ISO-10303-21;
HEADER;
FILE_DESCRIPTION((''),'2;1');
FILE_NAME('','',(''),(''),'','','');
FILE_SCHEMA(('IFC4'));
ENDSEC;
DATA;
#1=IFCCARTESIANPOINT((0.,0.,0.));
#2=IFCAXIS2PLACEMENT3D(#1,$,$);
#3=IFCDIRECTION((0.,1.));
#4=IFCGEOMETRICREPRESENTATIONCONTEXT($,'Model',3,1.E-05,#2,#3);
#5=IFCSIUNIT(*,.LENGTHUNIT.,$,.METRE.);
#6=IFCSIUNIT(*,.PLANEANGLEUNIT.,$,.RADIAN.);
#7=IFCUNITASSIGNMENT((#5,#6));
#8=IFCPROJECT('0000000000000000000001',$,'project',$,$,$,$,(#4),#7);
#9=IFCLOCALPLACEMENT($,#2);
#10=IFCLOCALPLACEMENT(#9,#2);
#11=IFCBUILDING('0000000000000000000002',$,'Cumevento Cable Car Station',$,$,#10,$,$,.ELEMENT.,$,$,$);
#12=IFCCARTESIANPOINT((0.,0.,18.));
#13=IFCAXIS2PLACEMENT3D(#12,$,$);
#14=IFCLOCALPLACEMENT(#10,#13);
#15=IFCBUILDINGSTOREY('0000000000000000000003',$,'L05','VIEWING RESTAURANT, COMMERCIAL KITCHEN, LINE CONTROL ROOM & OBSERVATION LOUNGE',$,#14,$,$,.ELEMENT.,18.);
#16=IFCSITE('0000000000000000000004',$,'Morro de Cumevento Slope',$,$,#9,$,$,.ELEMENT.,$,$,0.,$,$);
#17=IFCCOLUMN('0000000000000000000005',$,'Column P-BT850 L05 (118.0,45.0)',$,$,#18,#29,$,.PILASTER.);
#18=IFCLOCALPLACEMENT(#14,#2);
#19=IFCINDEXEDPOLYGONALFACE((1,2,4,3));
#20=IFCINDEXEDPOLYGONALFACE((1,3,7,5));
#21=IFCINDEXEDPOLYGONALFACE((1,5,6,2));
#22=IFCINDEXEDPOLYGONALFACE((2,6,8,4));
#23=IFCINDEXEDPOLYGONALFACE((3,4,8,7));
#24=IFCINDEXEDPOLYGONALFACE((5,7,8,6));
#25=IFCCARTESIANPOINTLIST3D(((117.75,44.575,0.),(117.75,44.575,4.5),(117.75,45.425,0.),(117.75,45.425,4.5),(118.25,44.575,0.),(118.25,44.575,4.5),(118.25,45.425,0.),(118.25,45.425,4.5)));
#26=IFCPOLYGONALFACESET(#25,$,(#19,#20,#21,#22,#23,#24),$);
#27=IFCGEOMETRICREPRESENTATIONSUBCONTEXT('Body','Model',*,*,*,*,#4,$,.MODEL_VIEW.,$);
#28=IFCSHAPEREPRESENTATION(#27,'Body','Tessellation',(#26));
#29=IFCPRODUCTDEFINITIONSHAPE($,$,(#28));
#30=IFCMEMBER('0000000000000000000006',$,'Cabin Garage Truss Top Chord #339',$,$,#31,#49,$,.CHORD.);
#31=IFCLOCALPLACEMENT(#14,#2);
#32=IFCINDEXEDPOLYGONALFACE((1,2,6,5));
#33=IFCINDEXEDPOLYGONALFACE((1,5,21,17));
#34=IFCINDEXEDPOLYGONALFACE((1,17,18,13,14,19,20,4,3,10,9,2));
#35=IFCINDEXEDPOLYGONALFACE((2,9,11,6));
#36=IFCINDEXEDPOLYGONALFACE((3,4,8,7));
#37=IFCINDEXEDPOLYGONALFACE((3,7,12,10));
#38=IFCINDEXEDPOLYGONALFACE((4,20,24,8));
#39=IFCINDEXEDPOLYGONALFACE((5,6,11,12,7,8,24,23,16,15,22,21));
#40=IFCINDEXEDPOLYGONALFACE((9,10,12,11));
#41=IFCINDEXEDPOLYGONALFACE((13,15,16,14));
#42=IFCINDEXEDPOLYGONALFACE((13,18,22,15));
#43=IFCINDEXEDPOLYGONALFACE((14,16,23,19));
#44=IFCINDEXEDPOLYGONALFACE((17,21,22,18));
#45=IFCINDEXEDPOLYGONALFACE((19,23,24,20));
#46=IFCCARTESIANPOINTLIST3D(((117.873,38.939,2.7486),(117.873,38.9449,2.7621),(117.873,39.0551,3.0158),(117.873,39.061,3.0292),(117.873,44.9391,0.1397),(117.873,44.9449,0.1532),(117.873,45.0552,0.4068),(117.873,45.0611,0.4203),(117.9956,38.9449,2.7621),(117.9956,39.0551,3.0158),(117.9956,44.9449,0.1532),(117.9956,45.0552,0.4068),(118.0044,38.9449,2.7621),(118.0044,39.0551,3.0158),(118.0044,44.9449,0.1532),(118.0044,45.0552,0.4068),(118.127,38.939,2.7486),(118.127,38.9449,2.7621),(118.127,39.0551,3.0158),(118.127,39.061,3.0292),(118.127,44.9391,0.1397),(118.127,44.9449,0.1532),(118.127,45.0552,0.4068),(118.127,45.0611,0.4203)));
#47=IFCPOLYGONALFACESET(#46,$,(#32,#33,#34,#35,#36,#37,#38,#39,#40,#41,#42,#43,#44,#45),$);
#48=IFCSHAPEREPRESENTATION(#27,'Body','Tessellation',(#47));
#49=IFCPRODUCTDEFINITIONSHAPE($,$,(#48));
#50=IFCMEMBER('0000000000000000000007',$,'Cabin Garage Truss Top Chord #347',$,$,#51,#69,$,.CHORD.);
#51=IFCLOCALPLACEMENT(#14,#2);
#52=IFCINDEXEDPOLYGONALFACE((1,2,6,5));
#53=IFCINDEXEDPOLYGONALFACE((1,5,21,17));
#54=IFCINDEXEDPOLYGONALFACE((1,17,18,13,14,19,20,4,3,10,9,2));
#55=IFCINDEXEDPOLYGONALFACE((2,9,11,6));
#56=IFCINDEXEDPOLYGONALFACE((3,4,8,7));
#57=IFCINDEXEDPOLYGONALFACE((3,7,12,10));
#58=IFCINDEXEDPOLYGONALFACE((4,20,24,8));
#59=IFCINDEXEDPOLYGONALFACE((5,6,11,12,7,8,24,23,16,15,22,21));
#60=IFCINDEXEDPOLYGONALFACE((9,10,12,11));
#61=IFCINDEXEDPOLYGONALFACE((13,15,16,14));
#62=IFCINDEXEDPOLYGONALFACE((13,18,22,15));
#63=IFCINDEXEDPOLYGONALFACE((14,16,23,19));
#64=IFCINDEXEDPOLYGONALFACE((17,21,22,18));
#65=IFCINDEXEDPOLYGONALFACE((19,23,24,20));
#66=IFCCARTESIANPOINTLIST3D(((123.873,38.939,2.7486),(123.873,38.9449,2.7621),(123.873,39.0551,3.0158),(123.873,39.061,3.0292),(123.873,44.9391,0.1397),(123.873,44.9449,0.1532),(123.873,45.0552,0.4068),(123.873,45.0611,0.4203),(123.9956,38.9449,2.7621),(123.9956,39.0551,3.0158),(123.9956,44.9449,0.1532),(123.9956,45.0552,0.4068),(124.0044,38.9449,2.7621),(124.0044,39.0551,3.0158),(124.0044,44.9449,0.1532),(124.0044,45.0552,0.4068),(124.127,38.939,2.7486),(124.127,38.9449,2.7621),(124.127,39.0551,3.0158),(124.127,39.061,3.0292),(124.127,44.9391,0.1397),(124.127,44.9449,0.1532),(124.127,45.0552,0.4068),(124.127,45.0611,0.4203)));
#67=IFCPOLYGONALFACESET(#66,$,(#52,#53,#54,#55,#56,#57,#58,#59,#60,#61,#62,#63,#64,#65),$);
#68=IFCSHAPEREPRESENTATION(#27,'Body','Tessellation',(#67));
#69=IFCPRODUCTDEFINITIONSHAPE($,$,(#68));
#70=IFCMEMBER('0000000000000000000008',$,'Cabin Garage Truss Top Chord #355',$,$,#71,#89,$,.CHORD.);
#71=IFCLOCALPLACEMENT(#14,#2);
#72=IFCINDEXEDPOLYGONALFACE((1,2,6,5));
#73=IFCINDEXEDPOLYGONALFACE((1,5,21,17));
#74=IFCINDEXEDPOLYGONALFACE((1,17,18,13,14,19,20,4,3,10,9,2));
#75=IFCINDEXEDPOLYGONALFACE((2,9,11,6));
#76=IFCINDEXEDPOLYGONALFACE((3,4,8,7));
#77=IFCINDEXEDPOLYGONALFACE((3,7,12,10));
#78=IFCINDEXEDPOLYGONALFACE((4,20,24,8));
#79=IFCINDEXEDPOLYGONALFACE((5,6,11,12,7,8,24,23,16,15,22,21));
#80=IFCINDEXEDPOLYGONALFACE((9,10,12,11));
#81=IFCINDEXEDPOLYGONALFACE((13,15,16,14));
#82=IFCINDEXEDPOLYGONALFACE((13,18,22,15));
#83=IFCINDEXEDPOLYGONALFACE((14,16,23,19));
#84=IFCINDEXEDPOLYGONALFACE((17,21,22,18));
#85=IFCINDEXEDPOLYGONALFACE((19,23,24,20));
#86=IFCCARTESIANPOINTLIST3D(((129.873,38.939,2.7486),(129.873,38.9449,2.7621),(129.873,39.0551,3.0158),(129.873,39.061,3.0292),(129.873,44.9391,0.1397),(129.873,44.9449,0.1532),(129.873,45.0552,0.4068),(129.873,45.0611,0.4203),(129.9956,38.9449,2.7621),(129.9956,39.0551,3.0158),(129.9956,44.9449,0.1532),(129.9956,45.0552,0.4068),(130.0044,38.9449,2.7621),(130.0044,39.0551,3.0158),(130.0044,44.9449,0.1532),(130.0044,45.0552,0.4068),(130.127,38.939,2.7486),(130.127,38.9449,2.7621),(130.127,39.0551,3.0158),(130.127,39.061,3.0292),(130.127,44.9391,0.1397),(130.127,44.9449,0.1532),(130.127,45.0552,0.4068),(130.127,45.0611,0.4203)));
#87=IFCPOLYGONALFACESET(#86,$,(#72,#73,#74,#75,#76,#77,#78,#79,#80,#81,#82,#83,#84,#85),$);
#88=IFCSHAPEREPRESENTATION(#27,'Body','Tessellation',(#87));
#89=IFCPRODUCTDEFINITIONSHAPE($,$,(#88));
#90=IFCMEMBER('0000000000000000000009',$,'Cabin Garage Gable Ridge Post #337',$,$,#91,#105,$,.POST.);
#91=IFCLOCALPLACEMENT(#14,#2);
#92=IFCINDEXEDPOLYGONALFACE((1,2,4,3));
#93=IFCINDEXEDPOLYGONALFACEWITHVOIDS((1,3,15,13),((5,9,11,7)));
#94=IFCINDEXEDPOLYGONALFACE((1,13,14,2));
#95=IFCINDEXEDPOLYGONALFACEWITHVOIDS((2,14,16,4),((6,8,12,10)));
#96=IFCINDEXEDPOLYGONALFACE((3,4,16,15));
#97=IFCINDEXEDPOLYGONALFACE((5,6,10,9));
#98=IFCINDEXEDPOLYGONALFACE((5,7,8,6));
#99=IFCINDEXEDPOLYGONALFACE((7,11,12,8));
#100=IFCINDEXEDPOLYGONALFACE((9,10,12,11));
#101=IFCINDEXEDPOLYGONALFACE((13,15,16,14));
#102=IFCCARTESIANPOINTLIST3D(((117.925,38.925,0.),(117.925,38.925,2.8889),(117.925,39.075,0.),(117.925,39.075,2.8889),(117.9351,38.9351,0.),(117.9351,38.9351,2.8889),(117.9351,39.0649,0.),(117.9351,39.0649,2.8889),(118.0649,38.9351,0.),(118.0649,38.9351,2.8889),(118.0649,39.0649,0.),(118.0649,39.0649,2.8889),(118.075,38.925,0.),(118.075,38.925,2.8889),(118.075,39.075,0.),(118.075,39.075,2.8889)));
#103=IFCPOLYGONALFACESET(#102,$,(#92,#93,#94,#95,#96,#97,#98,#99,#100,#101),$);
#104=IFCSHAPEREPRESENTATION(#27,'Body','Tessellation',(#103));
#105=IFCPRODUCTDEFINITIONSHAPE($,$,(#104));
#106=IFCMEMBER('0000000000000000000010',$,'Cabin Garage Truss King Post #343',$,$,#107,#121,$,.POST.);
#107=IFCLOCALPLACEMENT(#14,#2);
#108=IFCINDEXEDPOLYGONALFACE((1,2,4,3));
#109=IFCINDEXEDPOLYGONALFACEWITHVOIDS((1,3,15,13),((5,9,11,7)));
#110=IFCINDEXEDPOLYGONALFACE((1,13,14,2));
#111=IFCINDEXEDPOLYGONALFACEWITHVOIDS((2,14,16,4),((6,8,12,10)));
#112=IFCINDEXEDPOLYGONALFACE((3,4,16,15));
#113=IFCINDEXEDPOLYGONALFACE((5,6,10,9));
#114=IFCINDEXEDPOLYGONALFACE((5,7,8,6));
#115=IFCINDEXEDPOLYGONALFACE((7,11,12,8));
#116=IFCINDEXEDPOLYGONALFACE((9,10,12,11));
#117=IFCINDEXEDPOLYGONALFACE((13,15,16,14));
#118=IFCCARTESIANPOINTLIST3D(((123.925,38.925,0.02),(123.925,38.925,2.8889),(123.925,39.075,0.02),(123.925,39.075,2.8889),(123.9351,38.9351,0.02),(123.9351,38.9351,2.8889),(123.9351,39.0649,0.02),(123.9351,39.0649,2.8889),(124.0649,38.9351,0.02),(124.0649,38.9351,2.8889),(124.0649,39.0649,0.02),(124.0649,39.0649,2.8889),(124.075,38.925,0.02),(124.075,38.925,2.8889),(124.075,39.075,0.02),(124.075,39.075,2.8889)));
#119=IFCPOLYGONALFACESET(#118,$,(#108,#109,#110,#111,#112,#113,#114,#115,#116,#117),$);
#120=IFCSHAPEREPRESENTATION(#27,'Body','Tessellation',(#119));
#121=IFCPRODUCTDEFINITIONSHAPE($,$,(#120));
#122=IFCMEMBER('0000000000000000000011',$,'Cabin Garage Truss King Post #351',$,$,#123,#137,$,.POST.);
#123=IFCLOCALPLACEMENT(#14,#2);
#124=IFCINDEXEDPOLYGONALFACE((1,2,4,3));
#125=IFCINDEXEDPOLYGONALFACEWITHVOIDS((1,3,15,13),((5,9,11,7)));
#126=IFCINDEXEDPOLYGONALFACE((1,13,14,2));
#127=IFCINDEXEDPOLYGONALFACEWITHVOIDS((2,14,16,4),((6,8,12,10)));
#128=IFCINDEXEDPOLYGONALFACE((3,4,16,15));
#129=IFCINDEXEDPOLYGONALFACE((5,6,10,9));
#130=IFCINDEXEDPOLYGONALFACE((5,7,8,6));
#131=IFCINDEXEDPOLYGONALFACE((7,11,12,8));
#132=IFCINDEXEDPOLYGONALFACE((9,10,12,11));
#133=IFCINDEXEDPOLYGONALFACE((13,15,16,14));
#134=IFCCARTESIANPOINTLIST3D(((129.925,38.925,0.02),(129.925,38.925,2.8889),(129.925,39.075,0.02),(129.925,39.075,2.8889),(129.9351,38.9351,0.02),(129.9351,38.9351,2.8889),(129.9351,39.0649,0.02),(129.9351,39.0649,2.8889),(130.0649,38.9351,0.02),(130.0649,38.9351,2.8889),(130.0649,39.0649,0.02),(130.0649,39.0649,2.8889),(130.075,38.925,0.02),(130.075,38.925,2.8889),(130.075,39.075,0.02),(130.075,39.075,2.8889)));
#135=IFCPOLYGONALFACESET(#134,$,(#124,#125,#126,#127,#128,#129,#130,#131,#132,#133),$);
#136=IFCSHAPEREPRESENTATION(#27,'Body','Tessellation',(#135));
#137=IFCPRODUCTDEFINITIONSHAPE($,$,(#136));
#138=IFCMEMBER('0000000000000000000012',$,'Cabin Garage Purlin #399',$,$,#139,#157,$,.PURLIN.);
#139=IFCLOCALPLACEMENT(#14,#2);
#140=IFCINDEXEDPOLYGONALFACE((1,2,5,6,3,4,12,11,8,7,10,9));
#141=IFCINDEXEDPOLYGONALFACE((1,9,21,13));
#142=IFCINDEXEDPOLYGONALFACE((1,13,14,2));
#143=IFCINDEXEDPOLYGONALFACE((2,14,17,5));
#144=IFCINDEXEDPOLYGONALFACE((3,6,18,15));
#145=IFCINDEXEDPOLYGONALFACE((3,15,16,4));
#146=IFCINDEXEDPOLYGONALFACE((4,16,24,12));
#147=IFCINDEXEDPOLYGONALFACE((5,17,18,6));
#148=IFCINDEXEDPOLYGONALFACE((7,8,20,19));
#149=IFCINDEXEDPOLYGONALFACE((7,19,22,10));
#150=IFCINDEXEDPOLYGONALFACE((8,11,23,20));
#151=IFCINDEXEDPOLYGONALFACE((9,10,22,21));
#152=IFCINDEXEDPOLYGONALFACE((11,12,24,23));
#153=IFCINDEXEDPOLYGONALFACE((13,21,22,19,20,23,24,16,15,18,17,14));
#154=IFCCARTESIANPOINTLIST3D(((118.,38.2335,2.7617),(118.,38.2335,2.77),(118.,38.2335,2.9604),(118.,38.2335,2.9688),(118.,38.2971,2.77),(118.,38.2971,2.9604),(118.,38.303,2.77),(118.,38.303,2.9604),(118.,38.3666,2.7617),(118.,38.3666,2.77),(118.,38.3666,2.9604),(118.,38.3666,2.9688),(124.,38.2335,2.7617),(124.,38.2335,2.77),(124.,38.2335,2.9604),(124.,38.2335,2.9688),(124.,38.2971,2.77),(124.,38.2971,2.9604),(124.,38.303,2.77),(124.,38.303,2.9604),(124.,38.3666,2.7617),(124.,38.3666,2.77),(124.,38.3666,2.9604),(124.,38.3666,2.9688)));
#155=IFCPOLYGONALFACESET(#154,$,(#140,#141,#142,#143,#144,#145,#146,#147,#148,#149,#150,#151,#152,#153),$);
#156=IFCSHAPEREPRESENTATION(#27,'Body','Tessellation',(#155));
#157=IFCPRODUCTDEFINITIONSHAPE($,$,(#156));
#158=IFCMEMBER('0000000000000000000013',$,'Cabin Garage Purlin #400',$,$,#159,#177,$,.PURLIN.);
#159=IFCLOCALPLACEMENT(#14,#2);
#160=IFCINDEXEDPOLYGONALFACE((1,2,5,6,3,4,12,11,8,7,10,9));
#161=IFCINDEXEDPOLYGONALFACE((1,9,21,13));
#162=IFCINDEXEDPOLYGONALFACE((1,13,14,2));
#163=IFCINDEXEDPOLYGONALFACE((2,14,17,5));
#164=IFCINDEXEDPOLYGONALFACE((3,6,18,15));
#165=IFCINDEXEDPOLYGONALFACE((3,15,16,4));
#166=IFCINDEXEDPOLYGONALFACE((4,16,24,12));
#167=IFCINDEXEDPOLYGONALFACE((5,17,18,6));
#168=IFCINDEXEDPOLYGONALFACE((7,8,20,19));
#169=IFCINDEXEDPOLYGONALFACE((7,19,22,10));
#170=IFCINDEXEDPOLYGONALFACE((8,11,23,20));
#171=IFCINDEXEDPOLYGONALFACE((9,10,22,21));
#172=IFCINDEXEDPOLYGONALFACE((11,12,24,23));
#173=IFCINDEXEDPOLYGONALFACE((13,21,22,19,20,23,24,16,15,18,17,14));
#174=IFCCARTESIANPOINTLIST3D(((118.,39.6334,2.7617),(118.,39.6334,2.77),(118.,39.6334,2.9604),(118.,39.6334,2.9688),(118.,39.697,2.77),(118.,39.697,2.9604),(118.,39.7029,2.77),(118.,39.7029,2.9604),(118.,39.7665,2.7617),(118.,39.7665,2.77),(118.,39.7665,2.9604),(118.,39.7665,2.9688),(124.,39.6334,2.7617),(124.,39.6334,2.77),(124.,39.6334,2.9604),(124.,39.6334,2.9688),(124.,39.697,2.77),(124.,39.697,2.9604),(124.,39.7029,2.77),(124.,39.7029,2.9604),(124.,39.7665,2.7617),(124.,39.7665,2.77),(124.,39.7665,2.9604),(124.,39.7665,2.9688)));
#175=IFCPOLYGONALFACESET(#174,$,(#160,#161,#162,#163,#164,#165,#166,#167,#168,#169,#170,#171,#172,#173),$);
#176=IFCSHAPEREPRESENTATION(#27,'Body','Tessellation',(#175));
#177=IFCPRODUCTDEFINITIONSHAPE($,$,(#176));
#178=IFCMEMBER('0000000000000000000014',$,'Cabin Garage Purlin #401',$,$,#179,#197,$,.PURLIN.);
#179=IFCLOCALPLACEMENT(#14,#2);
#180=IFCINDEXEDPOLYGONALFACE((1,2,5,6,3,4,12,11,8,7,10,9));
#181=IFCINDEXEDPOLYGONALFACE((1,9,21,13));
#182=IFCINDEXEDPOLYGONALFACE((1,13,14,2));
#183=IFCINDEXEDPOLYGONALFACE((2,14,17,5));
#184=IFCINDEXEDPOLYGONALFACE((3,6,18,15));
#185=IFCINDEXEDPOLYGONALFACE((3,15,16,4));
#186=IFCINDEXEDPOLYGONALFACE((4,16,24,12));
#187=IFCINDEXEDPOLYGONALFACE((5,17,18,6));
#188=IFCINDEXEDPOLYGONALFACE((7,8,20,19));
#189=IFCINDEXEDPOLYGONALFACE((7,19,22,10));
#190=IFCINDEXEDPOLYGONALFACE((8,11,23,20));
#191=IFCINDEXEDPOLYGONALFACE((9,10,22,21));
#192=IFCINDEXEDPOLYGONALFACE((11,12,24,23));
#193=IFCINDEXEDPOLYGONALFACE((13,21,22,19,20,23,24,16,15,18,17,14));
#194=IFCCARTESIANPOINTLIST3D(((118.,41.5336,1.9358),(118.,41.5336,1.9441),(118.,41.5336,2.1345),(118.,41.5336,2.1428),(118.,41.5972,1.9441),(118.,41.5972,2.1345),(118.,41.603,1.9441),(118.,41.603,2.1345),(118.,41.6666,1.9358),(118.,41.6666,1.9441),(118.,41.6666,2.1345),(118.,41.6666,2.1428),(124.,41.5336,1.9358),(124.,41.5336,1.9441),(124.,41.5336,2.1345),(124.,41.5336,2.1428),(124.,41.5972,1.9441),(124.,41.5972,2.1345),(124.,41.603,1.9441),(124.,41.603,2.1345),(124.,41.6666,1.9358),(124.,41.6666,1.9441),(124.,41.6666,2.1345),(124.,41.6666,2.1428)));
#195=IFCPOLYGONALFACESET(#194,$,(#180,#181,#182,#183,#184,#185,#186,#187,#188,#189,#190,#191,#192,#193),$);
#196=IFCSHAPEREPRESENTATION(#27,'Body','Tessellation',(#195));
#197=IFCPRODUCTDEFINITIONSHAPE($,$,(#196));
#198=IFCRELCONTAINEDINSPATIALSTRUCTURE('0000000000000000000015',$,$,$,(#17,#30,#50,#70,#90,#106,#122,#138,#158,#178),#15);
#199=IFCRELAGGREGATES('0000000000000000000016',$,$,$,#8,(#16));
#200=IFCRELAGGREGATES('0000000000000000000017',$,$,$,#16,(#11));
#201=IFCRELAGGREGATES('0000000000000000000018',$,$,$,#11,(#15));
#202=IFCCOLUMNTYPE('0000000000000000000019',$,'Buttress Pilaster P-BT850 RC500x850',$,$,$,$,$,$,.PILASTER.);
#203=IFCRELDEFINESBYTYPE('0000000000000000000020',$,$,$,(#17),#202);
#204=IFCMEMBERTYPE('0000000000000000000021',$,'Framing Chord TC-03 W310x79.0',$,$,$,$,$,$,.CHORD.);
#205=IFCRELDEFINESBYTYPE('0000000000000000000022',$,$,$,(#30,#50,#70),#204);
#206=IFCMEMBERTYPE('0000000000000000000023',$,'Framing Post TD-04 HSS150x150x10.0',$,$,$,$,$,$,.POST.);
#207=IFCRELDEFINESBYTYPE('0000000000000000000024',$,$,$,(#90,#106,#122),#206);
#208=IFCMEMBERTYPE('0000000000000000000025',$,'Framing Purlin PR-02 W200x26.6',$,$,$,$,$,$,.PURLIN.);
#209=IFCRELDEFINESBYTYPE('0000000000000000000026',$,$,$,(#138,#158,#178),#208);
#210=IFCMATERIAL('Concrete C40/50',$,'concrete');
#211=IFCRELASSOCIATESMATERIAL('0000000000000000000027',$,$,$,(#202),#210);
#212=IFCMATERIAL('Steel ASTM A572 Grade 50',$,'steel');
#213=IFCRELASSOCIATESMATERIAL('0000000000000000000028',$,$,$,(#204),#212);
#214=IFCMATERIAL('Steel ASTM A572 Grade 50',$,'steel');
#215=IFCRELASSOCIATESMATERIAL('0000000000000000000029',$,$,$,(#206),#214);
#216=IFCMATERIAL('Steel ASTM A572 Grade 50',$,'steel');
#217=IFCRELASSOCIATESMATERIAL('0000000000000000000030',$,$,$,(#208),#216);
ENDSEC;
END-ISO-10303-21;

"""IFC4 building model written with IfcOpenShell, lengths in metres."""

from ifc_helpers import new_model, si_unit, direction, frame, origin, origin_2d, place, context, subcontext, project, spatial, rectangle, hollow_rectangle, i_section, extrude, material, material_profile, profile_set, type_object, element, save


model = new_model("IFC4")

# Units and contexts
model_context = context("Model", 3, precision=1e-05, world=origin(), true_north=direction((0.0, 1.0)))
body_context = subcontext(model_context, "Body", "Model", "MODEL_VIEW")
ifc_project = project(units=[si_unit("LENGTHUNIT", "METRE"), si_unit("PLANEANGLEUNIT", "RADIAN")], contexts=[model_context])

# Site, building, storey
site_placement = place(None, origin())
site = spatial("IfcSite", under=ifc_project, at=site_placement, Name="Morro de Cumevento Slope", CompositionType="ELEMENT", RefElevation=0.0)
building_placement = place(site_placement, origin())
building = spatial("IfcBuilding", under=site, at=building_placement, Name="Cumevento Cable Car Station", CompositionType="ELEMENT")
storey_placement = place(building_placement, frame((0.0, 0.0, 18.0)))
storey = spatial("IfcBuildingStorey", under=building, at=storey_placement, Name="L05", Description="VIEWING RESTAURANT, COMMERCIAL KITCHEN, LINE CONTROL ROOM & OBSERVATION LOUNGE", CompositionType="ELEMENT", Elevation=18.0)

# Column
ifc_material_1 = material(Name="Concrete C40/50", Category="concrete")
ifc_material_profile_1 = material_profile(ifc_material_1, rectangle(XDim=0.5, YDim=0.8501, at=origin_2d()), Name="RC500x850")
ifc_profile_set_1 = profile_set([ifc_material_profile_1], Name="Concrete C40/50")
column_type = type_object("IfcColumnType", Name="Buttress Pilaster P-BT850 RC500x850", PredefinedType="PILASTER", material=ifc_profile_set_1)
column_placement = place(storey_placement, frame((118.0, 45.0, 0.0), z_axis=(0.0, 0.0, 1.0), x_axis=(1.0, 0.0, 0.0)))
element("IfcColumn", 1, at=column_placement, inside=storey, type_object=column_type, Name="Column P-BT850 L05 (118.0,45.0)", PredefinedType="PILASTER", context=body_context, shape_type="SweptSolid", body=[
    extrude(rectangle(XDim=0.5, YDim=0.8501, at=origin_2d()), origin(), (0.0, 0.0, 1.0), 4.5),
])

# Members
ifc_material_2 = material(Name="Steel ASTM A572 Grade 50", Category="steel")
ifc_material_profile_2 = material_profile(ifc_material_2, i_section(OverallWidth=0.2539, OverallDepth=0.3059, WebThickness=0.0088, FlangeThickness=0.0146, at=origin_2d()), Name="W310x79.0")
ifc_profile_set_2 = profile_set([ifc_material_profile_2], Name="Steel ASTM A572 Grade 50")
member_type_1 = type_object("IfcMemberType", Name="Framing Chord TC-03 W310x79.0", PredefinedType="CHORD", material=ifc_profile_set_2)
for number, where, z_axis, x_axis, name in (
    (2, (118.0, 39.0, 2.8889), (0.0, 0.917059, -0.398751), (-1.0, 0.0, 0.0), "Cabin Garage Truss Top Chord #339"),
    (3, (124.0, 39.0, 2.8889), (0.0, 0.917059, -0.398751), (-1.0, 0.0, 0.0), "Cabin Garage Truss Top Chord #347"),
    (4, (130.0, 39.0, 2.8889), (0.0, 0.917059, -0.398751), (-1.0, 0.0, 0.0), "Cabin Garage Truss Top Chord #355"),
):
    element("IfcMember", number, at=place(storey_placement, frame(where, z_axis=z_axis, x_axis=x_axis)), inside=storey, type_object=member_type_1, Name=name, PredefinedType="CHORD", context=body_context, shape_type="SweptSolid", body=[
        extrude(i_section(OverallWidth=0.2539, OverallDepth=0.3059, WebThickness=0.0088, FlangeThickness=0.0146, at=origin_2d()), origin(), (0.0, 0.0, 1.0), 6.5427),
    ])
ifc_material_3 = material(Name="Steel ASTM A572 Grade 50", Category="steel")
ifc_material_profile_3 = material_profile(ifc_material_3, hollow_rectangle(XDim=0.1499, YDim=0.1499, WallThickness=0.01, at=origin_2d()), Name="HSS150x150x10.0")
ifc_profile_set_3 = profile_set([ifc_material_profile_3], Name="Steel ASTM A572 Grade 50")
member_type_2 = type_object("IfcMemberType", Name="Framing Post TD-04 HSS150x150x10.0", PredefinedType="POST", material=ifc_profile_set_3)
member_placement = place(storey_placement, frame((118.0, 39.0, 0.0), z_axis=(0.0, 0.0, 1.0), x_axis=(1.0, 0.0, 0.0)))
element("IfcMember", 5, at=member_placement, inside=storey, type_object=member_type_2, Name="Cabin Garage Gable Ridge Post #337", PredefinedType="POST", context=body_context, shape_type="SweptSolid", body=[
    extrude(hollow_rectangle(XDim=0.1499, YDim=0.1499, WallThickness=0.01, at=origin_2d()), origin(), (0.0, 0.0, 1.0), 2.8889),
])
for number, where, z_axis, x_axis, name in (
    (6, (124.0, 39.0, 0.02), (0.0, 0.0, 1.0), (1.0, 0.0, 0.0), "Cabin Garage Truss King Post #343"),
    (7, (130.0, 39.0, 0.02), (0.0, 0.0, 1.0), (1.0, 0.0, 0.0), "Cabin Garage Truss King Post #351"),
):
    element("IfcMember", number, at=place(storey_placement, frame(where, z_axis=z_axis, x_axis=x_axis)), inside=storey, type_object=member_type_2, Name=name, PredefinedType="POST", context=body_context, shape_type="SweptSolid", body=[
        extrude(hollow_rectangle(XDim=0.1499, YDim=0.1499, WallThickness=0.01, at=origin_2d()), origin(), (0.0, 0.0, 1.0), 2.8689),
    ])
ifc_material_4 = material(Name="Steel ASTM A572 Grade 50", Category="steel")
ifc_material_profile_4 = material_profile(ifc_material_4, i_section(OverallWidth=0.1331, OverallDepth=0.207, WebThickness=0.0059, FlangeThickness=0.0083, at=origin_2d()), Name="W200x26.6")
ifc_profile_set_4 = profile_set([ifc_material_profile_4], Name="Steel ASTM A572 Grade 50")
member_type_3 = type_object("IfcMemberType", Name="Framing Purlin PR-02 W200x26.6", PredefinedType="PURLIN", material=ifc_profile_set_4)
for number, where, z_axis, x_axis, name in (
    (8, (118.0, 38.3, 2.8652), (1.0, 0.0, 0.0), (0.0, 1.0, 0.0), "Cabin Garage Purlin #399"),
    (9, (118.0, 39.7, 2.8652), (1.0, 0.0, 0.0), (0.0, 1.0, 0.0), "Cabin Garage Purlin #400"),
    (10, (118.0, 41.6001, 2.0393), (1.0, 0.0, 0.0), (0.0, 1.0, 0.0), "Cabin Garage Purlin #401"),
):
    element("IfcMember", number, at=place(storey_placement, frame(where, z_axis=z_axis, x_axis=x_axis)), inside=storey, type_object=member_type_3, Name=name, PredefinedType="PURLIN", context=body_context, shape_type="SweptSolid", body=[
        extrude(i_section(OverallWidth=0.1331, OverallDepth=0.207, WebThickness=0.0059, FlangeThickness=0.0083, at=origin_2d()), origin(), (0.0, 0.0, 1.0), 6.0),
    ])

save(model, "model.ifc")
